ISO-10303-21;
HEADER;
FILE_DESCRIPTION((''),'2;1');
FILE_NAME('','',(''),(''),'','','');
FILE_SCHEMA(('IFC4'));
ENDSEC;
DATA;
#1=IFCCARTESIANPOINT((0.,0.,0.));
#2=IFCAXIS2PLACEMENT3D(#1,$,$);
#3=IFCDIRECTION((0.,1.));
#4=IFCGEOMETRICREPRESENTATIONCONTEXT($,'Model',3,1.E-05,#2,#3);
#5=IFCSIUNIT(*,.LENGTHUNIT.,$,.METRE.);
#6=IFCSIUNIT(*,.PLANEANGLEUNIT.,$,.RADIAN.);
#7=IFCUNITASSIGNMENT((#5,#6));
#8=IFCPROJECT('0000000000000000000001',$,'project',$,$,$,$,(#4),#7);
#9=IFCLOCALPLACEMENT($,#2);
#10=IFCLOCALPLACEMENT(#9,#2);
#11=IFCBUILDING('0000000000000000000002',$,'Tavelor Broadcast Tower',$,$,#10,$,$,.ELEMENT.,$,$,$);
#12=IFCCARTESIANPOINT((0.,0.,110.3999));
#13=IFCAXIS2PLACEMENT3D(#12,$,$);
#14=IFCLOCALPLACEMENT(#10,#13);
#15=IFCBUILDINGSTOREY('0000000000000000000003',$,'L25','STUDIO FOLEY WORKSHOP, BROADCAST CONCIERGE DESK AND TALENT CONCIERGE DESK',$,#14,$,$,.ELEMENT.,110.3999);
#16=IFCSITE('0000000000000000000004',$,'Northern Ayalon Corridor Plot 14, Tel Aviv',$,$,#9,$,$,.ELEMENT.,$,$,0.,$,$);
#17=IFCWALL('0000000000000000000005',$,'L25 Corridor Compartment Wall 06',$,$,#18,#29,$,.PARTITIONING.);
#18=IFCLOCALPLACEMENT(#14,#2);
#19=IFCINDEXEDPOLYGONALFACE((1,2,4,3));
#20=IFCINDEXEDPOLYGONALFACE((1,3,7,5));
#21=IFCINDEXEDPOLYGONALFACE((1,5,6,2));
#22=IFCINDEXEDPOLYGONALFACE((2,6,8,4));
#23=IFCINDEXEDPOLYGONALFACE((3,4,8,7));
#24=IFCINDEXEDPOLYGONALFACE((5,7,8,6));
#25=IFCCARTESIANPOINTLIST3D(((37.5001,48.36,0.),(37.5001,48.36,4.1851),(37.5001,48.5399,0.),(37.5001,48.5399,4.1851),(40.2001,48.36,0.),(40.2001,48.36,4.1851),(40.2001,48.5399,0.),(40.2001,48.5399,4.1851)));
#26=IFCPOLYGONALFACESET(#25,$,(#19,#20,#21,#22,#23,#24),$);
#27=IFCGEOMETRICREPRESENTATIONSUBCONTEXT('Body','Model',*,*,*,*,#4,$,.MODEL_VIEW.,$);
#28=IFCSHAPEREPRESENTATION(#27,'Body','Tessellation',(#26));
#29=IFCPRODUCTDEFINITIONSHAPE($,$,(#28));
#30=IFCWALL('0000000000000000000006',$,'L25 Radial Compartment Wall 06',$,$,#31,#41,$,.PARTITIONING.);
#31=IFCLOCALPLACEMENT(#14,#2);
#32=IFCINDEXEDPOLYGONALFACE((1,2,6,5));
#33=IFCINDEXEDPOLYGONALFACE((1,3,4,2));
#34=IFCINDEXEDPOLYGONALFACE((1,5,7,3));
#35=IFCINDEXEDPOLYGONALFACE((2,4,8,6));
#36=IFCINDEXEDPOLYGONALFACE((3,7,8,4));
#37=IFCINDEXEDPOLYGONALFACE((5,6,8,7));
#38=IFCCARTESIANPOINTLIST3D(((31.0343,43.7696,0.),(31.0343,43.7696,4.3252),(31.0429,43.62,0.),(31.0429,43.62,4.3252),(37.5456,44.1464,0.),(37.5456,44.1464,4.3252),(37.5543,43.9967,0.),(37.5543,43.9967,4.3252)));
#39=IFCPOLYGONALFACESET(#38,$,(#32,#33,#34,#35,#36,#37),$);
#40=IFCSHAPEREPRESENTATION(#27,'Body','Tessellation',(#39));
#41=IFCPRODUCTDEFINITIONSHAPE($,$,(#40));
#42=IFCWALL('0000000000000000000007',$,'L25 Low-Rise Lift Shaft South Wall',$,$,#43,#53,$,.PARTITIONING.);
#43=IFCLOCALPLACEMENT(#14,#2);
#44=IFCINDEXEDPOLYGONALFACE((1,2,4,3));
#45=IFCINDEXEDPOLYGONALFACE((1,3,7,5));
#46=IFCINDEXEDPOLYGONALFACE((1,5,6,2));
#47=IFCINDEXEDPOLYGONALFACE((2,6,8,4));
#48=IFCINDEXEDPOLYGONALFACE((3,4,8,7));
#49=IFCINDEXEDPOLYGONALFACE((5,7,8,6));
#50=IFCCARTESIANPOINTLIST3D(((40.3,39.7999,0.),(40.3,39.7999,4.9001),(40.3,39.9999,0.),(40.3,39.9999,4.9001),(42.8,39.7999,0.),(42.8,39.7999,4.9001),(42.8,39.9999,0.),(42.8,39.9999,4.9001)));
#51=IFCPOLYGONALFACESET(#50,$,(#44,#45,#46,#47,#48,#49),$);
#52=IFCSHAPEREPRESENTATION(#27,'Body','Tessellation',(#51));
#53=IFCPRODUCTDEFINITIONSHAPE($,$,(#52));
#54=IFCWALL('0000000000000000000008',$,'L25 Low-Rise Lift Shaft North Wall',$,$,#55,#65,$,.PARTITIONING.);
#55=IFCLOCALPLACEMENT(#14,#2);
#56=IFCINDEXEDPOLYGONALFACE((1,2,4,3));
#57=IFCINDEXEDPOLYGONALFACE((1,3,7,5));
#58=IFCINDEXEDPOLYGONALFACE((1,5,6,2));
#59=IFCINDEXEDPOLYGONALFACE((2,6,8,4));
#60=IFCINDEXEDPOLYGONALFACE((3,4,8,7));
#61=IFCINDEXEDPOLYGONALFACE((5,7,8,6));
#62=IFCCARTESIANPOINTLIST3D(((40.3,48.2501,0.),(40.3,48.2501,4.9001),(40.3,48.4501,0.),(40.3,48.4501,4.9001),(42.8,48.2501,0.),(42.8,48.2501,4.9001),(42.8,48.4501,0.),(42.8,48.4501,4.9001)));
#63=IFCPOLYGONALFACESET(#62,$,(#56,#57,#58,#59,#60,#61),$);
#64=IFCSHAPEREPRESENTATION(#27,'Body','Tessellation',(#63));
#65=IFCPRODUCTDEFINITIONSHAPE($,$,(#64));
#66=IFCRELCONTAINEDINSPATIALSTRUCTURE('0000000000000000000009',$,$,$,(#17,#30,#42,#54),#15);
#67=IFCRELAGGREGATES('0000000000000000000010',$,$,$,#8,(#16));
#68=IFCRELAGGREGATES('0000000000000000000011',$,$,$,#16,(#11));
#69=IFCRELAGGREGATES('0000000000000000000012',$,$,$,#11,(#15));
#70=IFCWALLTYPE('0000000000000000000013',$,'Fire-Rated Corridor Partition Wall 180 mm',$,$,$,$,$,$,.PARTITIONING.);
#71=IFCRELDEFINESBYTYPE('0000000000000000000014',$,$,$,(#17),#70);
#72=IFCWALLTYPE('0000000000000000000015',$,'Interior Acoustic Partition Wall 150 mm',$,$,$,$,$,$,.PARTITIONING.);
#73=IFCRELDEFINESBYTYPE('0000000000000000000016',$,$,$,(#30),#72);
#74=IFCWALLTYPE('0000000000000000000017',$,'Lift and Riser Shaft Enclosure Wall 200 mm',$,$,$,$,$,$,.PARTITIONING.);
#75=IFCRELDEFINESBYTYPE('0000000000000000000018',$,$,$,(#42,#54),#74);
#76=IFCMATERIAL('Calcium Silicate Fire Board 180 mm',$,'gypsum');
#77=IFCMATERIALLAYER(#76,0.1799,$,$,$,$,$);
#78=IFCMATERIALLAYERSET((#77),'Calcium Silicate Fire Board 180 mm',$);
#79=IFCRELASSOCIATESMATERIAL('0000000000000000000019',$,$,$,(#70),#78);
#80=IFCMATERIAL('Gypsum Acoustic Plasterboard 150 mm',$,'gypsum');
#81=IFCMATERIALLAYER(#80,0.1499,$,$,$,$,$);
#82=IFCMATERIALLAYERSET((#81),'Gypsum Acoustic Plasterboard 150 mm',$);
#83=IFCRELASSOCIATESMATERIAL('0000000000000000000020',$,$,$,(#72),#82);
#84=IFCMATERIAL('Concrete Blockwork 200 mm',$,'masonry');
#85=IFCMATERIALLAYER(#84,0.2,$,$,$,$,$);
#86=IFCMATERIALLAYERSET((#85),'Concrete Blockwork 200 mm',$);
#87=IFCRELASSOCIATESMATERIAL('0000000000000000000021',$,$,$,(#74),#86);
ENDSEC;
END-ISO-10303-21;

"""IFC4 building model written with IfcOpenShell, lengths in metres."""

from ifc_helpers import new_model, si_unit, direction, frame, frame_2d, origin, place, context, subcontext, project, spatial, rectangle, extrude, material, layer, layer_set, type_object, element, save


model = new_model("IFC4")

# Units and contexts
model_context = context("Model", 3, precision=1e-05, world=origin(), true_north=direction((0.0, 1.0)))
body_context = subcontext(model_context, "Body", "Model", "MODEL_VIEW")
ifc_project = project(units=[si_unit("LENGTHUNIT", "METRE"), si_unit("PLANEANGLEUNIT", "RADIAN")], contexts=[model_context])

# Site, building, storey
site_placement = place(None, origin())
site = spatial("IfcSite", under=ifc_project, at=site_placement, Name="Northern Ayalon Corridor Plot 14, Tel Aviv", CompositionType="ELEMENT", RefElevation=0.0)
building_placement = place(site_placement, origin())
building = spatial("IfcBuilding", under=site, at=building_placement, Name="Tavelor Broadcast Tower", CompositionType="ELEMENT")
storey_placement = place(building_placement, frame((0.0, 0.0, 110.3999)))
storey = spatial("IfcBuildingStorey", under=building, at=storey_placement, Name="L25", Description="STUDIO FOLEY WORKSHOP, BROADCAST CONCIERGE DESK AND TALENT CONCIERGE DESK", CompositionType="ELEMENT", Elevation=110.3999)

# Walls
ifc_material_1 = material(Name="Calcium Silicate Fire Board 180 mm", Category="gypsum")
ifc_layer_1 = layer(ifc_material_1, 0.1799)
ifc_layer_set_1 = layer_set([ifc_layer_1], Name="Calcium Silicate Fire Board 180 mm")
wall_type_1 = type_object("IfcWallType", Name="Fire-Rated Corridor Partition Wall 180 mm", PredefinedType="PARTITIONING", material=ifc_layer_set_1)
wall_1_placement = place(storey_placement, frame((37.5, 48.45, 0.0), z_axis=(0.0, 0.0, 1.0), x_axis=(1.0, 0.0, 0.0)))
element("IfcWall", 1, at=wall_1_placement, inside=storey, type_object=wall_type_1, Name="L25 Corridor Compartment Wall 06", PredefinedType="PARTITIONING", context=body_context, shape_type="SweptSolid", body=[
    extrude(rectangle(XDim=2.7, YDim=0.1799, at=frame_2d((1.3501, 0.0))), origin(), (0.0, 0.0, 1.0), 4.1851),
])
ifc_material_2 = material(Name="Gypsum Acoustic Plasterboard 150 mm", Category="gypsum")
ifc_layer_2 = layer(ifc_material_2, 0.1499)
ifc_layer_set_2 = layer_set([ifc_layer_2], Name="Gypsum Acoustic Plasterboard 150 mm")
wall_type_2 = type_object("IfcWallType", Name="Interior Acoustic Partition Wall 150 mm", PredefinedType="PARTITIONING", material=ifc_layer_set_2)
wall_2_placement = place(storey_placement, frame((37.55, 44.0715, 0.0), z_axis=(0.0, 0.0, 1.0), x_axis=(-0.998331, -0.057759, 0.0)))
element("IfcWall", 2, at=wall_2_placement, inside=storey, type_object=wall_type_2, Name="L25 Radial Compartment Wall 06", PredefinedType="PARTITIONING", context=body_context, shape_type="SweptSolid", body=[
    extrude(rectangle(XDim=6.5222, YDim=0.1499, at=frame_2d((3.2612, 0.0))), origin(), (0.0, 0.0, 1.0), 4.3252),
])

# Shared definitions
ifc_material_3 = material(Name="Concrete Blockwork 200 mm", Category="masonry")

# Walls
ifc_layer_3 = layer(ifc_material_3, 0.2)
ifc_layer_set_3 = layer_set([ifc_layer_3], Name="Concrete Blockwork 200 mm")
wall_type_3 = type_object("IfcWallType", Name="Lift and Riser Shaft Enclosure Wall 200 mm", PredefinedType="PARTITIONING", material=ifc_layer_set_3)
for number, where, z_axis, x_axis, name in (
    (3, (40.3, 39.8999, 0.0), (0.0, 0.0, 1.0), (1.0, 0.0, 0.0), "L25 Low-Rise Lift Shaft South Wall"),
    (4, (40.3, 48.3501, 0.0), (0.0, 0.0, 1.0), (1.0, 0.0, 0.0), "L25 Low-Rise Lift Shaft North Wall"),
):
    element("IfcWall", number, at=place(storey_placement, frame(where, z_axis=z_axis, x_axis=x_axis)), inside=storey, type_object=wall_type_3, Name=name, PredefinedType="PARTITIONING", context=body_context, shape_type="SweptSolid", body=[
        extrude(rectangle(XDim=2.5, YDim=0.2, at=frame_2d((1.25, 0.0))), origin(), (0.0, 0.0, 1.0), 4.9001),
    ])

save(model, "model.ifc")
